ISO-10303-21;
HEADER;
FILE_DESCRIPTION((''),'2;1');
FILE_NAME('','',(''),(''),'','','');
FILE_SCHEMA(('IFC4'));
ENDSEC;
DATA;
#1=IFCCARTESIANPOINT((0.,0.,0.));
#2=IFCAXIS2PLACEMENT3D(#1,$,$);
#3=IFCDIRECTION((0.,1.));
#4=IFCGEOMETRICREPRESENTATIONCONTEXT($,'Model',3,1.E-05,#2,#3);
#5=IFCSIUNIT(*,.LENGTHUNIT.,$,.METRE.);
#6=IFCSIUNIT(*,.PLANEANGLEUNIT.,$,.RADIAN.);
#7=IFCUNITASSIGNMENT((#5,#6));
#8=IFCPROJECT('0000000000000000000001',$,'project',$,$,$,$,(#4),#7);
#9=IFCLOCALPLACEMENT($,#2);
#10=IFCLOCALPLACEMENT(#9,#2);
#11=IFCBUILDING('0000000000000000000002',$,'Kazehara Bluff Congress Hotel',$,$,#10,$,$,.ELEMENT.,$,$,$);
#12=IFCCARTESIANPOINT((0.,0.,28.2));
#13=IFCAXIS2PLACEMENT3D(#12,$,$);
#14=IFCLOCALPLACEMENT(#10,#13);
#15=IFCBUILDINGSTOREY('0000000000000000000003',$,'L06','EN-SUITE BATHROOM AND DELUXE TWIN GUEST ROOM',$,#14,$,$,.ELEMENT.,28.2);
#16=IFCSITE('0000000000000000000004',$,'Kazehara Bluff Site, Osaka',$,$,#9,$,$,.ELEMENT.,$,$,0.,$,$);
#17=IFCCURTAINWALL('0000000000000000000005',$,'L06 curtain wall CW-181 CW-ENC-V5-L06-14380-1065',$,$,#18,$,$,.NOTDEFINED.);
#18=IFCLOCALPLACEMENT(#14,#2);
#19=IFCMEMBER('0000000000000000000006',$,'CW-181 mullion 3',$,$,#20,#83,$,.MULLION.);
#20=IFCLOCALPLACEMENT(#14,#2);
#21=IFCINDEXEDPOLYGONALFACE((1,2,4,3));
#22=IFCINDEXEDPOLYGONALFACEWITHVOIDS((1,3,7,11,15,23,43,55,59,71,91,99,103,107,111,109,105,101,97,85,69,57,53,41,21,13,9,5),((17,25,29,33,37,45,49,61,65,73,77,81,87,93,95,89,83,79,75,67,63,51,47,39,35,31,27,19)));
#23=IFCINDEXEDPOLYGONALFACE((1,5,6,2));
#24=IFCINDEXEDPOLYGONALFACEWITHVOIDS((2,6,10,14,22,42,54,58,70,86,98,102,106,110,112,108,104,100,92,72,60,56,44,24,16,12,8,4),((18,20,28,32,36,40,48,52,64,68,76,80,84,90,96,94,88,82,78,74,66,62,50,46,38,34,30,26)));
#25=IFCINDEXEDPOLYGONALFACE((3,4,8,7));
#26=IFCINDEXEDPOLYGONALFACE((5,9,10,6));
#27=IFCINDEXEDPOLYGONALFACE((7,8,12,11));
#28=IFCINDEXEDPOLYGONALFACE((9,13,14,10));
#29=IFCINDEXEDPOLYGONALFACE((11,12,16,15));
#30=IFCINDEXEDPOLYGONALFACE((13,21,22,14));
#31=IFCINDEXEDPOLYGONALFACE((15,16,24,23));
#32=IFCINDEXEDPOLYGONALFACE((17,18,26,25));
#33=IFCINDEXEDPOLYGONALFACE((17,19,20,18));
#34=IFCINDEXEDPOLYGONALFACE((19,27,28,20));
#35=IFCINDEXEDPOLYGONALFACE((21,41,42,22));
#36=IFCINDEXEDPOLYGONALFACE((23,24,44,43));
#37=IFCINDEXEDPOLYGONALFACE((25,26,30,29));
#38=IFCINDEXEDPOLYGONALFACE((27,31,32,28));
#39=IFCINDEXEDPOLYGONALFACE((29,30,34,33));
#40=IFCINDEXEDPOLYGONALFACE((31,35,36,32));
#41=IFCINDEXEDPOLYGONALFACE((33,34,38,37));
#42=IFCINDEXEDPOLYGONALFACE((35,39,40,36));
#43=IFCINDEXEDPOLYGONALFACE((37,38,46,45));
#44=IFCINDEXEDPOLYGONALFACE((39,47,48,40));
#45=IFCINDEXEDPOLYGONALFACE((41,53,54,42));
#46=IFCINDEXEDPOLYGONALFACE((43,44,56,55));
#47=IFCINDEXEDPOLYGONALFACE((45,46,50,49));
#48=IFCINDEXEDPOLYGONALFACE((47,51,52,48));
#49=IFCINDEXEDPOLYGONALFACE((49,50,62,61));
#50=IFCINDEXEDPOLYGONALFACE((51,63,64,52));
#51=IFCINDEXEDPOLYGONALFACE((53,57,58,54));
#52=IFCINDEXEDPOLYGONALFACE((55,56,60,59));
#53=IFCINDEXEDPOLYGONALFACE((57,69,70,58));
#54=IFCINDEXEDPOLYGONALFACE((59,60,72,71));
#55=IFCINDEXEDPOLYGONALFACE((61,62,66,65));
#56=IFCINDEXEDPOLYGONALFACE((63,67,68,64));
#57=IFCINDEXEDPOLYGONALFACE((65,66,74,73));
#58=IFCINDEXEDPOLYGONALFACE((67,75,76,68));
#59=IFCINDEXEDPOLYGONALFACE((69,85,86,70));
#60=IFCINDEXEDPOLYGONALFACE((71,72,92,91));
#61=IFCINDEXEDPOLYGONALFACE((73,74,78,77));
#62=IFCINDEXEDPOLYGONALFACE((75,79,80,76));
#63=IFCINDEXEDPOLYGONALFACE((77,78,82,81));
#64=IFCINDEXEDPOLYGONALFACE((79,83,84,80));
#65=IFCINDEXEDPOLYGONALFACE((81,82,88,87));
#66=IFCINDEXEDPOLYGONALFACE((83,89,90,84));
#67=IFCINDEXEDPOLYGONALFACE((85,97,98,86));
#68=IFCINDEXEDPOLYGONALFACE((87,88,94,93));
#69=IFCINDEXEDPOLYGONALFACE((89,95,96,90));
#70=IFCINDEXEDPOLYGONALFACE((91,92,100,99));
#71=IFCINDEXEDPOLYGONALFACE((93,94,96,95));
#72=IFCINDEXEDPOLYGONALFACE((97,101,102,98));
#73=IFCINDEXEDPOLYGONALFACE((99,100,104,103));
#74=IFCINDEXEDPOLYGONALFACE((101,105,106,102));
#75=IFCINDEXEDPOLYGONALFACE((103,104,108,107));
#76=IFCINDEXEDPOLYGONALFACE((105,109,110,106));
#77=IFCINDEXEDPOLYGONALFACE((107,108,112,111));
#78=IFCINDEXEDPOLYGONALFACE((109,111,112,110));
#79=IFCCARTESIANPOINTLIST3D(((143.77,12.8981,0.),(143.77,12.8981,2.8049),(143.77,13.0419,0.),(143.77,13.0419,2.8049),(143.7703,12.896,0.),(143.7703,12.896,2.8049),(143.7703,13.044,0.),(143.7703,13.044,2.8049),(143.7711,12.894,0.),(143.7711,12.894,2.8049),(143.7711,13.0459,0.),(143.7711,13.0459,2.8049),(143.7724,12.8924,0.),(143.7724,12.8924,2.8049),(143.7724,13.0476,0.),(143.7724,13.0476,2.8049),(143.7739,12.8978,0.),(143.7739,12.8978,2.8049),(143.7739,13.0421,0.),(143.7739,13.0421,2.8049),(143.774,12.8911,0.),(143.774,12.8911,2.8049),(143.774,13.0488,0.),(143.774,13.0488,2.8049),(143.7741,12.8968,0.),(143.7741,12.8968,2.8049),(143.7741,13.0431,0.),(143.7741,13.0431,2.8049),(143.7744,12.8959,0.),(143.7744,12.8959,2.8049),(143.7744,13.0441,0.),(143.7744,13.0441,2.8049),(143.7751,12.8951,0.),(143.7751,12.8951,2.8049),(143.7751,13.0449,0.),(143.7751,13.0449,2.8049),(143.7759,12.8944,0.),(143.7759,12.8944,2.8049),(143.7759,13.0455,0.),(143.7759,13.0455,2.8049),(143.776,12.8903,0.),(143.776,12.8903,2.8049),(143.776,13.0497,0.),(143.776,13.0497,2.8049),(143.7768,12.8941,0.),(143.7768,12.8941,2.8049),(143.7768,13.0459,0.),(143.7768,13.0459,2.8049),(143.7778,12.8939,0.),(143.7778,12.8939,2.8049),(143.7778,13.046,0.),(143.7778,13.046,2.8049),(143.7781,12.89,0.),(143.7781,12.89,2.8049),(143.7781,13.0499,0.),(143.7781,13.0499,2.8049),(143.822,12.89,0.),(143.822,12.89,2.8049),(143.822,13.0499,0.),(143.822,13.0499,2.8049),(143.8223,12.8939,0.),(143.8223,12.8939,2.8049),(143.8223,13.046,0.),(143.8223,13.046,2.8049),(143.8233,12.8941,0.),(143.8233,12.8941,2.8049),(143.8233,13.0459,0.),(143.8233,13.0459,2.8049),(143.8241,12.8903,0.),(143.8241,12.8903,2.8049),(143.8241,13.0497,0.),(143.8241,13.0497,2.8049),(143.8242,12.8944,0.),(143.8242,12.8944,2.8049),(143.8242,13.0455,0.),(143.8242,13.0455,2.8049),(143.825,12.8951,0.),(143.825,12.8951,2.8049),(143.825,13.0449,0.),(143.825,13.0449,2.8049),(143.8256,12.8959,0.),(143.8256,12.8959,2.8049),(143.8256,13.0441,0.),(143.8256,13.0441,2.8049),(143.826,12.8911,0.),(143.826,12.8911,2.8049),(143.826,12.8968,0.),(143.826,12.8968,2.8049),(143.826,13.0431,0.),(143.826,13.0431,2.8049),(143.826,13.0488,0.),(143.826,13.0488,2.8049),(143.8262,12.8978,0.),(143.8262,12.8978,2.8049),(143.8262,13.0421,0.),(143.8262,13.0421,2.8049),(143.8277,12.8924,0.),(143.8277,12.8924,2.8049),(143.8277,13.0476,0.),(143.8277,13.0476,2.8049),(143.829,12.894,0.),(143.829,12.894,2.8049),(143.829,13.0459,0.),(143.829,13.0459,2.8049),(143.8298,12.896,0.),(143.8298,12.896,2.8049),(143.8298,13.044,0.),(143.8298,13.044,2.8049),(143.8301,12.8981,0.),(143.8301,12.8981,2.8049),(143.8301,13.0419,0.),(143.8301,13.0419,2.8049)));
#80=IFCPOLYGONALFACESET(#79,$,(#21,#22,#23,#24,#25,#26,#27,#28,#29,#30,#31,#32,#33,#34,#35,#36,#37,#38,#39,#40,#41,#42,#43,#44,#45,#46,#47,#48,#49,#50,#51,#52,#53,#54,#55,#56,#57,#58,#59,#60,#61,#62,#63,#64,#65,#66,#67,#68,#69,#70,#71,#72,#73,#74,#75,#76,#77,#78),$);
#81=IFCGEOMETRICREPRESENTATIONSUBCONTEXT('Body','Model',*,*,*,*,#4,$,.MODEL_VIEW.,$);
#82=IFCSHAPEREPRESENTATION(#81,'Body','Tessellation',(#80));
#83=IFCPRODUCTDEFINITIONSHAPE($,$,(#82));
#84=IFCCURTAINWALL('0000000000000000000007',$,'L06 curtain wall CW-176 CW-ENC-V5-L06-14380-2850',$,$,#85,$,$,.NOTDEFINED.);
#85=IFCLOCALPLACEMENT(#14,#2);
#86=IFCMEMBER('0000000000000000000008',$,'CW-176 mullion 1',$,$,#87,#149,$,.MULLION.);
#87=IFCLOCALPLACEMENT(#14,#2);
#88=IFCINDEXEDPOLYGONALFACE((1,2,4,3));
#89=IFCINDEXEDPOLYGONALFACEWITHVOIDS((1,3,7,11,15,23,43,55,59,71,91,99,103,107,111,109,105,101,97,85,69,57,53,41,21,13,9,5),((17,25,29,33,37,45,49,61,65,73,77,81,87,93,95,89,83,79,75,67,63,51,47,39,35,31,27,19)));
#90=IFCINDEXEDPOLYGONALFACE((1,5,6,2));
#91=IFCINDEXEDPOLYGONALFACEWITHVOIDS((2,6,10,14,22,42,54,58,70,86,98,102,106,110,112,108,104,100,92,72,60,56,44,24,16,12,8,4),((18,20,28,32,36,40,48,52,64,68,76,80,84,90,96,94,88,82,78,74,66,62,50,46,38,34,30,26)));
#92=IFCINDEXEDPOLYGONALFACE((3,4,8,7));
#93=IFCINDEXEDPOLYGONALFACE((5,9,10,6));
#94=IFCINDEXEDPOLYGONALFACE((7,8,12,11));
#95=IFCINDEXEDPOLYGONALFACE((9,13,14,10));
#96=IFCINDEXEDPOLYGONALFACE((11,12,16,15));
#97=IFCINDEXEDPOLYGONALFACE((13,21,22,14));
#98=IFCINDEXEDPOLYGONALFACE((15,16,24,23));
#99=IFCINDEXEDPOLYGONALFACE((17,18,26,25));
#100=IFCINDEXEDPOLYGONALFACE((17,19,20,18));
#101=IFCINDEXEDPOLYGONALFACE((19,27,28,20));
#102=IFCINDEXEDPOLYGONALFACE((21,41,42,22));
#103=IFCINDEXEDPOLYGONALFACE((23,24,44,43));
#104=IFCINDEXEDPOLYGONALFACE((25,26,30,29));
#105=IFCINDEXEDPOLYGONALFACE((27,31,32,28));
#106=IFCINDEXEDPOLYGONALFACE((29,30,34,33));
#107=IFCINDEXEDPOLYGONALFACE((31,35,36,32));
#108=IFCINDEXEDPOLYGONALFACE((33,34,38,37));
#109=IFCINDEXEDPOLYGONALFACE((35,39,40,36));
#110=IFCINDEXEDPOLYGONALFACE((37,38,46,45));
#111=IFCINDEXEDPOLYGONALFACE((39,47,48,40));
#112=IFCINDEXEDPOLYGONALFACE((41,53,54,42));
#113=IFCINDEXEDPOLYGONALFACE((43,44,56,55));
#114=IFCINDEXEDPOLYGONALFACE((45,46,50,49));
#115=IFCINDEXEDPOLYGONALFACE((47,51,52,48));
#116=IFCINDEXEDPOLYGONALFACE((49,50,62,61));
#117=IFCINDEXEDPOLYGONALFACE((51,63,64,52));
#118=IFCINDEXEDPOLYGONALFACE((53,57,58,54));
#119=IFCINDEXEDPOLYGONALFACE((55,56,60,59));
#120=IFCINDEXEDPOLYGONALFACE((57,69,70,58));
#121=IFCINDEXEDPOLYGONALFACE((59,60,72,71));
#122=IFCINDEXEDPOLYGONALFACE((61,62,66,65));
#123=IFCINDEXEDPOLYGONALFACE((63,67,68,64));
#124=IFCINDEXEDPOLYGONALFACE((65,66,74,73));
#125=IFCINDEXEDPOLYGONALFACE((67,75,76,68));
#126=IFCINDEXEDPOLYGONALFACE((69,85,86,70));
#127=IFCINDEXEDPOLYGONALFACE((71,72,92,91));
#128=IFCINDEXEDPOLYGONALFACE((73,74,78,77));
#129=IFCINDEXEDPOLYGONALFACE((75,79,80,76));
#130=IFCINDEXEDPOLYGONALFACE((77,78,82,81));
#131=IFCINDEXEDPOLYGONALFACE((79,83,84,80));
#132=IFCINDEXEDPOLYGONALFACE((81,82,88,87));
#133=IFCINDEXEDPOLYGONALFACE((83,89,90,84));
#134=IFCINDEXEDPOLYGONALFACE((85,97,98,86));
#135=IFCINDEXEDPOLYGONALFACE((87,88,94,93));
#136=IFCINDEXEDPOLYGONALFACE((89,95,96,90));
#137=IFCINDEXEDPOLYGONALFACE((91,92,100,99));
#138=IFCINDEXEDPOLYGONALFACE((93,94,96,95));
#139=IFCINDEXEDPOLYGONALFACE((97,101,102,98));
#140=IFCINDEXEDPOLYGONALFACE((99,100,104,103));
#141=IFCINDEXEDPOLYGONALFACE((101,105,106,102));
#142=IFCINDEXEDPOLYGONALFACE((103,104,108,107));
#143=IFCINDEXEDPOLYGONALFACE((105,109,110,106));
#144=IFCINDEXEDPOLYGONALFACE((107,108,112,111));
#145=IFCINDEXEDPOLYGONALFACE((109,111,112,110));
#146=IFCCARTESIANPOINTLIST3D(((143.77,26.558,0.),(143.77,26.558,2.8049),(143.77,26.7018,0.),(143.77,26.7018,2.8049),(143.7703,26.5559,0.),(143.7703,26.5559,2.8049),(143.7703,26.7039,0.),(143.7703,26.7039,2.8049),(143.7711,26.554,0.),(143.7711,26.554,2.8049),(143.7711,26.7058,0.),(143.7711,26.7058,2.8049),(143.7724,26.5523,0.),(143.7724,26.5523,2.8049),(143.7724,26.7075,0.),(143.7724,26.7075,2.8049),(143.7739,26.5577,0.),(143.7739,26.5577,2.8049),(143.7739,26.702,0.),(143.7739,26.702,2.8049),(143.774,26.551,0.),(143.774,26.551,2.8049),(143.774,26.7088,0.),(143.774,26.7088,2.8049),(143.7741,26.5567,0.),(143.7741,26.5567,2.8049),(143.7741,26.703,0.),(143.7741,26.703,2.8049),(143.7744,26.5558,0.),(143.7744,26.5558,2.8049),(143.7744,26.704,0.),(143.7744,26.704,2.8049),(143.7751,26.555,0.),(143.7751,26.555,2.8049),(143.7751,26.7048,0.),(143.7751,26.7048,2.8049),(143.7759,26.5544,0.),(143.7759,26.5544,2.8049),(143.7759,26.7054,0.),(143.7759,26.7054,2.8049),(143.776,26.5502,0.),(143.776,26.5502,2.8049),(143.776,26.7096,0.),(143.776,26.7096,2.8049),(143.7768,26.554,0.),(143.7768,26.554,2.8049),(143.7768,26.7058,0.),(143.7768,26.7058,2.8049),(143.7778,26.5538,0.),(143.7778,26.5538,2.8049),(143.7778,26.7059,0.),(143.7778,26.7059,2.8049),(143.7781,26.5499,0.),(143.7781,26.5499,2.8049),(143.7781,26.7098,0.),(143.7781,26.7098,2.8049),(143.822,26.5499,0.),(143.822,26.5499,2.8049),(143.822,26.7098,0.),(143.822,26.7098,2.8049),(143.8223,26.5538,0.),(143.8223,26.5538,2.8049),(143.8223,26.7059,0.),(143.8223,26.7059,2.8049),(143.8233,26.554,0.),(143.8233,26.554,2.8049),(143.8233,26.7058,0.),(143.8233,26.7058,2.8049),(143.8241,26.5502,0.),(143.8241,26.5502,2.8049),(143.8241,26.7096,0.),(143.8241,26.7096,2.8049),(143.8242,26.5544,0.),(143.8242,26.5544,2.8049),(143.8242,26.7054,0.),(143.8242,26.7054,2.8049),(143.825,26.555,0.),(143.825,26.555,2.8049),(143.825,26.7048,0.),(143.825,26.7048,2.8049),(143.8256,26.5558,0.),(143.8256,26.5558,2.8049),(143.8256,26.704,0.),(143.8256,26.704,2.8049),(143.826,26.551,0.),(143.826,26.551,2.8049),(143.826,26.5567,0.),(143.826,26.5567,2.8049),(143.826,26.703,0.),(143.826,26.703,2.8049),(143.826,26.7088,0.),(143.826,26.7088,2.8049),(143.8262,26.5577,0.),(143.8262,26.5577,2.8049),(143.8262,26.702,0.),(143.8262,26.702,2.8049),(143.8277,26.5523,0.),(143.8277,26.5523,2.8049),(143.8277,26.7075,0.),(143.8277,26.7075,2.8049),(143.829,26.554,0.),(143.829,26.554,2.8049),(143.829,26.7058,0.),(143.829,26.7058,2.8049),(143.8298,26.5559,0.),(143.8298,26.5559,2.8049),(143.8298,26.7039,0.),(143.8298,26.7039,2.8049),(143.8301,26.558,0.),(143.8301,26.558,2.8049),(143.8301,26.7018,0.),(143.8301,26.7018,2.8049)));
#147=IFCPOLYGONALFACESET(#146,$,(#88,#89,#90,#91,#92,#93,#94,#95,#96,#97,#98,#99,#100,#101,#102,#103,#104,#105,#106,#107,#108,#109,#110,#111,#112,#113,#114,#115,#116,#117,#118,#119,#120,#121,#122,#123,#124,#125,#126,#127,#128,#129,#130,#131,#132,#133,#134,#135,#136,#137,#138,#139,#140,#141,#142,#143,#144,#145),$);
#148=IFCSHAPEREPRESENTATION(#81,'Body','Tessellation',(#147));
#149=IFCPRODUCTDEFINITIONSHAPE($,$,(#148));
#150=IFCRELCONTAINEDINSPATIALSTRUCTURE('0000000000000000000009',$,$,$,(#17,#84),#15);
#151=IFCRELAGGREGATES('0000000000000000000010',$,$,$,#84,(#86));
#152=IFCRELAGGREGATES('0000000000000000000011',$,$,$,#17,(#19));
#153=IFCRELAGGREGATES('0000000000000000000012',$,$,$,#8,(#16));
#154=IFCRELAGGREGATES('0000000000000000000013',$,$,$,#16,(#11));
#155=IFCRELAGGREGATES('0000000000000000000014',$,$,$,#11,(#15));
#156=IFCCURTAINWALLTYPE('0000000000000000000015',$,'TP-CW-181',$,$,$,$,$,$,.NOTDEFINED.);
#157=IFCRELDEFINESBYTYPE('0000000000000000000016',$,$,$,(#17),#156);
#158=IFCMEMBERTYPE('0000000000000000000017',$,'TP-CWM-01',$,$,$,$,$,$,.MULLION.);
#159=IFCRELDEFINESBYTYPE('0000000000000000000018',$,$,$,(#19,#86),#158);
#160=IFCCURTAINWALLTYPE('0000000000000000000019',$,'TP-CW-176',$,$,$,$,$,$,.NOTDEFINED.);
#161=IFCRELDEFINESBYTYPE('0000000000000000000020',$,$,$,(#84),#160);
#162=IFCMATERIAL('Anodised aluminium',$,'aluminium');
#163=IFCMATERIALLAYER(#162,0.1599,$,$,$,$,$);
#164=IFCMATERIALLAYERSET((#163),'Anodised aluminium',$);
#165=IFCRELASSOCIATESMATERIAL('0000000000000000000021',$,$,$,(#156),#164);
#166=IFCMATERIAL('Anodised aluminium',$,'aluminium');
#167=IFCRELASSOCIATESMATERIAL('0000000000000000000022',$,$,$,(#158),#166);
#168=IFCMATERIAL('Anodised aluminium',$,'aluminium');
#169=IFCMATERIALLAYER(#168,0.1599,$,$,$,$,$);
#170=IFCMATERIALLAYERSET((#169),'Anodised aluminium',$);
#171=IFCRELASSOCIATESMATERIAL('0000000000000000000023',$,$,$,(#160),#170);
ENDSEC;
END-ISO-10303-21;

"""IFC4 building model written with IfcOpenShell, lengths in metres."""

from ifc_helpers import new_model, si_unit, direction, frame, origin, origin_2d, place, context, subcontext, project, spatial, hollow_rectangle, extrude, material, layer, layer_set, material_profile, profile_set, type_object, element, aggregate, save


model = new_model("IFC4")

# Units and contexts
model_context = context("Model", 3, precision=1e-05, world=origin(), true_north=direction((0.0, 1.0)))
body_context = subcontext(model_context, "Body", "Model", "MODEL_VIEW")
ifc_project = project(units=[si_unit("LENGTHUNIT", "METRE"), si_unit("PLANEANGLEUNIT", "RADIAN")], contexts=[model_context])

# Site, building, storey
site_placement = place(None, origin())
site = spatial("IfcSite", under=ifc_project, at=site_placement, Name="Kazehara Bluff Site, Osaka", CompositionType="ELEMENT", RefElevation=0.0)
building_placement = place(site_placement, origin())
building = spatial("IfcBuilding", under=site, at=building_placement, Name="Kazehara Bluff Congress Hotel", CompositionType="ELEMENT")
storey_placement = place(building_placement, frame((0.0, 0.0, 28.2)))
storey = spatial("IfcBuildingStorey", under=building, at=storey_placement, Name="L06", Description="EN-SUITE BATHROOM AND DELUXE TWIN GUEST ROOM", CompositionType="ELEMENT", Elevation=28.2)

# Curtain wall, member
ifc_material_1 = material(Name="Anodised aluminium", Category="aluminium")
ifc_layer_1 = layer(ifc_material_1, 0.1599)
ifc_layer_set_1 = layer_set([ifc_layer_1], Name="Anodised aluminium")
curtain_wall_type_1 = type_object("IfcCurtainWallType", Name="TP-CW-181", PredefinedType="NOTDEFINED", material=ifc_layer_set_1)
curtain_wall_1_placement = place(storey_placement, origin())
curtain_wall_1 = element("IfcCurtainWall", 1, at=curtain_wall_1_placement, inside=storey, type_object=curtain_wall_type_1, Name="L06 curtain wall CW-181 CW-ENC-V5-L06-14380-1065", PredefinedType="NOTDEFINED")
ifc_material_2 = material(Name="Anodised aluminium", Category="aluminium")
ifc_material_profile_1 = material_profile(ifc_material_2, hollow_rectangle(XDim=0.0601, YDim=0.1599, WallThickness=0.0039, InnerFilletRadius=0.0039, OuterFilletRadius=0.0081, at=origin_2d()))
ifc_profile_set_1 = profile_set([ifc_material_profile_1], Name="Anodised aluminium")
member_type_1 = type_object("IfcMemberType", Name="TP-CWM-01", PredefinedType="MULLION", material=ifc_profile_set_1)
member_1_placement = place(storey_placement, frame((143.8, 12.97, 0.0), z_axis=(0.0, 0.0, 1.0), x_axis=(-1.0, 0.0, 0.0)))
member_1 = element("IfcMember", 2, at=member_1_placement, type_object=member_type_1, Name="CW-181 mullion 3", PredefinedType="MULLION", context=body_context, shape_type="SweptSolid", body=[
    extrude(hollow_rectangle(XDim=0.0601, YDim=0.1599, WallThickness=0.0039, InnerFilletRadius=0.0039, OuterFilletRadius=0.0081, at=origin_2d()), origin(), (0.0, 0.0, 1.0), 2.8049),
])

# Curtain wall, member
ifc_material_3 = material(Name="Anodised aluminium", Category="aluminium")
ifc_layer_2 = layer(ifc_material_3, 0.1599)
ifc_layer_set_2 = layer_set([ifc_layer_2], Name="Anodised aluminium")
curtain_wall_type_2 = type_object("IfcCurtainWallType", Name="TP-CW-176", PredefinedType="NOTDEFINED", material=ifc_layer_set_2)
curtain_wall_2_placement = place(storey_placement, origin())
curtain_wall_2 = element("IfcCurtainWall", 3, at=curtain_wall_2_placement, inside=storey, type_object=curtain_wall_type_2, Name="L06 curtain wall CW-176 CW-ENC-V5-L06-14380-2850", PredefinedType="NOTDEFINED")
member_2_placement = place(storey_placement, frame((143.8, 26.6299, 0.0), z_axis=(0.0, 0.0, 1.0), x_axis=(-1.0, 0.0, 0.0)))
member_2 = element("IfcMember", 4, at=member_2_placement, type_object=member_type_1, Name="CW-176 mullion 1", PredefinedType="MULLION", context=body_context, shape_type="SweptSolid", body=[
    extrude(hollow_rectangle(XDim=0.0601, YDim=0.1599, WallThickness=0.0039, InnerFilletRadius=0.0039, OuterFilletRadius=0.0081, at=origin_2d()), origin(), (0.0, 0.0, 1.0), 2.8049),
])
aggregate(curtain_wall_2, [member_2])

aggregate(curtain_wall_1, [member_1])

save(model, "model.ifc")
